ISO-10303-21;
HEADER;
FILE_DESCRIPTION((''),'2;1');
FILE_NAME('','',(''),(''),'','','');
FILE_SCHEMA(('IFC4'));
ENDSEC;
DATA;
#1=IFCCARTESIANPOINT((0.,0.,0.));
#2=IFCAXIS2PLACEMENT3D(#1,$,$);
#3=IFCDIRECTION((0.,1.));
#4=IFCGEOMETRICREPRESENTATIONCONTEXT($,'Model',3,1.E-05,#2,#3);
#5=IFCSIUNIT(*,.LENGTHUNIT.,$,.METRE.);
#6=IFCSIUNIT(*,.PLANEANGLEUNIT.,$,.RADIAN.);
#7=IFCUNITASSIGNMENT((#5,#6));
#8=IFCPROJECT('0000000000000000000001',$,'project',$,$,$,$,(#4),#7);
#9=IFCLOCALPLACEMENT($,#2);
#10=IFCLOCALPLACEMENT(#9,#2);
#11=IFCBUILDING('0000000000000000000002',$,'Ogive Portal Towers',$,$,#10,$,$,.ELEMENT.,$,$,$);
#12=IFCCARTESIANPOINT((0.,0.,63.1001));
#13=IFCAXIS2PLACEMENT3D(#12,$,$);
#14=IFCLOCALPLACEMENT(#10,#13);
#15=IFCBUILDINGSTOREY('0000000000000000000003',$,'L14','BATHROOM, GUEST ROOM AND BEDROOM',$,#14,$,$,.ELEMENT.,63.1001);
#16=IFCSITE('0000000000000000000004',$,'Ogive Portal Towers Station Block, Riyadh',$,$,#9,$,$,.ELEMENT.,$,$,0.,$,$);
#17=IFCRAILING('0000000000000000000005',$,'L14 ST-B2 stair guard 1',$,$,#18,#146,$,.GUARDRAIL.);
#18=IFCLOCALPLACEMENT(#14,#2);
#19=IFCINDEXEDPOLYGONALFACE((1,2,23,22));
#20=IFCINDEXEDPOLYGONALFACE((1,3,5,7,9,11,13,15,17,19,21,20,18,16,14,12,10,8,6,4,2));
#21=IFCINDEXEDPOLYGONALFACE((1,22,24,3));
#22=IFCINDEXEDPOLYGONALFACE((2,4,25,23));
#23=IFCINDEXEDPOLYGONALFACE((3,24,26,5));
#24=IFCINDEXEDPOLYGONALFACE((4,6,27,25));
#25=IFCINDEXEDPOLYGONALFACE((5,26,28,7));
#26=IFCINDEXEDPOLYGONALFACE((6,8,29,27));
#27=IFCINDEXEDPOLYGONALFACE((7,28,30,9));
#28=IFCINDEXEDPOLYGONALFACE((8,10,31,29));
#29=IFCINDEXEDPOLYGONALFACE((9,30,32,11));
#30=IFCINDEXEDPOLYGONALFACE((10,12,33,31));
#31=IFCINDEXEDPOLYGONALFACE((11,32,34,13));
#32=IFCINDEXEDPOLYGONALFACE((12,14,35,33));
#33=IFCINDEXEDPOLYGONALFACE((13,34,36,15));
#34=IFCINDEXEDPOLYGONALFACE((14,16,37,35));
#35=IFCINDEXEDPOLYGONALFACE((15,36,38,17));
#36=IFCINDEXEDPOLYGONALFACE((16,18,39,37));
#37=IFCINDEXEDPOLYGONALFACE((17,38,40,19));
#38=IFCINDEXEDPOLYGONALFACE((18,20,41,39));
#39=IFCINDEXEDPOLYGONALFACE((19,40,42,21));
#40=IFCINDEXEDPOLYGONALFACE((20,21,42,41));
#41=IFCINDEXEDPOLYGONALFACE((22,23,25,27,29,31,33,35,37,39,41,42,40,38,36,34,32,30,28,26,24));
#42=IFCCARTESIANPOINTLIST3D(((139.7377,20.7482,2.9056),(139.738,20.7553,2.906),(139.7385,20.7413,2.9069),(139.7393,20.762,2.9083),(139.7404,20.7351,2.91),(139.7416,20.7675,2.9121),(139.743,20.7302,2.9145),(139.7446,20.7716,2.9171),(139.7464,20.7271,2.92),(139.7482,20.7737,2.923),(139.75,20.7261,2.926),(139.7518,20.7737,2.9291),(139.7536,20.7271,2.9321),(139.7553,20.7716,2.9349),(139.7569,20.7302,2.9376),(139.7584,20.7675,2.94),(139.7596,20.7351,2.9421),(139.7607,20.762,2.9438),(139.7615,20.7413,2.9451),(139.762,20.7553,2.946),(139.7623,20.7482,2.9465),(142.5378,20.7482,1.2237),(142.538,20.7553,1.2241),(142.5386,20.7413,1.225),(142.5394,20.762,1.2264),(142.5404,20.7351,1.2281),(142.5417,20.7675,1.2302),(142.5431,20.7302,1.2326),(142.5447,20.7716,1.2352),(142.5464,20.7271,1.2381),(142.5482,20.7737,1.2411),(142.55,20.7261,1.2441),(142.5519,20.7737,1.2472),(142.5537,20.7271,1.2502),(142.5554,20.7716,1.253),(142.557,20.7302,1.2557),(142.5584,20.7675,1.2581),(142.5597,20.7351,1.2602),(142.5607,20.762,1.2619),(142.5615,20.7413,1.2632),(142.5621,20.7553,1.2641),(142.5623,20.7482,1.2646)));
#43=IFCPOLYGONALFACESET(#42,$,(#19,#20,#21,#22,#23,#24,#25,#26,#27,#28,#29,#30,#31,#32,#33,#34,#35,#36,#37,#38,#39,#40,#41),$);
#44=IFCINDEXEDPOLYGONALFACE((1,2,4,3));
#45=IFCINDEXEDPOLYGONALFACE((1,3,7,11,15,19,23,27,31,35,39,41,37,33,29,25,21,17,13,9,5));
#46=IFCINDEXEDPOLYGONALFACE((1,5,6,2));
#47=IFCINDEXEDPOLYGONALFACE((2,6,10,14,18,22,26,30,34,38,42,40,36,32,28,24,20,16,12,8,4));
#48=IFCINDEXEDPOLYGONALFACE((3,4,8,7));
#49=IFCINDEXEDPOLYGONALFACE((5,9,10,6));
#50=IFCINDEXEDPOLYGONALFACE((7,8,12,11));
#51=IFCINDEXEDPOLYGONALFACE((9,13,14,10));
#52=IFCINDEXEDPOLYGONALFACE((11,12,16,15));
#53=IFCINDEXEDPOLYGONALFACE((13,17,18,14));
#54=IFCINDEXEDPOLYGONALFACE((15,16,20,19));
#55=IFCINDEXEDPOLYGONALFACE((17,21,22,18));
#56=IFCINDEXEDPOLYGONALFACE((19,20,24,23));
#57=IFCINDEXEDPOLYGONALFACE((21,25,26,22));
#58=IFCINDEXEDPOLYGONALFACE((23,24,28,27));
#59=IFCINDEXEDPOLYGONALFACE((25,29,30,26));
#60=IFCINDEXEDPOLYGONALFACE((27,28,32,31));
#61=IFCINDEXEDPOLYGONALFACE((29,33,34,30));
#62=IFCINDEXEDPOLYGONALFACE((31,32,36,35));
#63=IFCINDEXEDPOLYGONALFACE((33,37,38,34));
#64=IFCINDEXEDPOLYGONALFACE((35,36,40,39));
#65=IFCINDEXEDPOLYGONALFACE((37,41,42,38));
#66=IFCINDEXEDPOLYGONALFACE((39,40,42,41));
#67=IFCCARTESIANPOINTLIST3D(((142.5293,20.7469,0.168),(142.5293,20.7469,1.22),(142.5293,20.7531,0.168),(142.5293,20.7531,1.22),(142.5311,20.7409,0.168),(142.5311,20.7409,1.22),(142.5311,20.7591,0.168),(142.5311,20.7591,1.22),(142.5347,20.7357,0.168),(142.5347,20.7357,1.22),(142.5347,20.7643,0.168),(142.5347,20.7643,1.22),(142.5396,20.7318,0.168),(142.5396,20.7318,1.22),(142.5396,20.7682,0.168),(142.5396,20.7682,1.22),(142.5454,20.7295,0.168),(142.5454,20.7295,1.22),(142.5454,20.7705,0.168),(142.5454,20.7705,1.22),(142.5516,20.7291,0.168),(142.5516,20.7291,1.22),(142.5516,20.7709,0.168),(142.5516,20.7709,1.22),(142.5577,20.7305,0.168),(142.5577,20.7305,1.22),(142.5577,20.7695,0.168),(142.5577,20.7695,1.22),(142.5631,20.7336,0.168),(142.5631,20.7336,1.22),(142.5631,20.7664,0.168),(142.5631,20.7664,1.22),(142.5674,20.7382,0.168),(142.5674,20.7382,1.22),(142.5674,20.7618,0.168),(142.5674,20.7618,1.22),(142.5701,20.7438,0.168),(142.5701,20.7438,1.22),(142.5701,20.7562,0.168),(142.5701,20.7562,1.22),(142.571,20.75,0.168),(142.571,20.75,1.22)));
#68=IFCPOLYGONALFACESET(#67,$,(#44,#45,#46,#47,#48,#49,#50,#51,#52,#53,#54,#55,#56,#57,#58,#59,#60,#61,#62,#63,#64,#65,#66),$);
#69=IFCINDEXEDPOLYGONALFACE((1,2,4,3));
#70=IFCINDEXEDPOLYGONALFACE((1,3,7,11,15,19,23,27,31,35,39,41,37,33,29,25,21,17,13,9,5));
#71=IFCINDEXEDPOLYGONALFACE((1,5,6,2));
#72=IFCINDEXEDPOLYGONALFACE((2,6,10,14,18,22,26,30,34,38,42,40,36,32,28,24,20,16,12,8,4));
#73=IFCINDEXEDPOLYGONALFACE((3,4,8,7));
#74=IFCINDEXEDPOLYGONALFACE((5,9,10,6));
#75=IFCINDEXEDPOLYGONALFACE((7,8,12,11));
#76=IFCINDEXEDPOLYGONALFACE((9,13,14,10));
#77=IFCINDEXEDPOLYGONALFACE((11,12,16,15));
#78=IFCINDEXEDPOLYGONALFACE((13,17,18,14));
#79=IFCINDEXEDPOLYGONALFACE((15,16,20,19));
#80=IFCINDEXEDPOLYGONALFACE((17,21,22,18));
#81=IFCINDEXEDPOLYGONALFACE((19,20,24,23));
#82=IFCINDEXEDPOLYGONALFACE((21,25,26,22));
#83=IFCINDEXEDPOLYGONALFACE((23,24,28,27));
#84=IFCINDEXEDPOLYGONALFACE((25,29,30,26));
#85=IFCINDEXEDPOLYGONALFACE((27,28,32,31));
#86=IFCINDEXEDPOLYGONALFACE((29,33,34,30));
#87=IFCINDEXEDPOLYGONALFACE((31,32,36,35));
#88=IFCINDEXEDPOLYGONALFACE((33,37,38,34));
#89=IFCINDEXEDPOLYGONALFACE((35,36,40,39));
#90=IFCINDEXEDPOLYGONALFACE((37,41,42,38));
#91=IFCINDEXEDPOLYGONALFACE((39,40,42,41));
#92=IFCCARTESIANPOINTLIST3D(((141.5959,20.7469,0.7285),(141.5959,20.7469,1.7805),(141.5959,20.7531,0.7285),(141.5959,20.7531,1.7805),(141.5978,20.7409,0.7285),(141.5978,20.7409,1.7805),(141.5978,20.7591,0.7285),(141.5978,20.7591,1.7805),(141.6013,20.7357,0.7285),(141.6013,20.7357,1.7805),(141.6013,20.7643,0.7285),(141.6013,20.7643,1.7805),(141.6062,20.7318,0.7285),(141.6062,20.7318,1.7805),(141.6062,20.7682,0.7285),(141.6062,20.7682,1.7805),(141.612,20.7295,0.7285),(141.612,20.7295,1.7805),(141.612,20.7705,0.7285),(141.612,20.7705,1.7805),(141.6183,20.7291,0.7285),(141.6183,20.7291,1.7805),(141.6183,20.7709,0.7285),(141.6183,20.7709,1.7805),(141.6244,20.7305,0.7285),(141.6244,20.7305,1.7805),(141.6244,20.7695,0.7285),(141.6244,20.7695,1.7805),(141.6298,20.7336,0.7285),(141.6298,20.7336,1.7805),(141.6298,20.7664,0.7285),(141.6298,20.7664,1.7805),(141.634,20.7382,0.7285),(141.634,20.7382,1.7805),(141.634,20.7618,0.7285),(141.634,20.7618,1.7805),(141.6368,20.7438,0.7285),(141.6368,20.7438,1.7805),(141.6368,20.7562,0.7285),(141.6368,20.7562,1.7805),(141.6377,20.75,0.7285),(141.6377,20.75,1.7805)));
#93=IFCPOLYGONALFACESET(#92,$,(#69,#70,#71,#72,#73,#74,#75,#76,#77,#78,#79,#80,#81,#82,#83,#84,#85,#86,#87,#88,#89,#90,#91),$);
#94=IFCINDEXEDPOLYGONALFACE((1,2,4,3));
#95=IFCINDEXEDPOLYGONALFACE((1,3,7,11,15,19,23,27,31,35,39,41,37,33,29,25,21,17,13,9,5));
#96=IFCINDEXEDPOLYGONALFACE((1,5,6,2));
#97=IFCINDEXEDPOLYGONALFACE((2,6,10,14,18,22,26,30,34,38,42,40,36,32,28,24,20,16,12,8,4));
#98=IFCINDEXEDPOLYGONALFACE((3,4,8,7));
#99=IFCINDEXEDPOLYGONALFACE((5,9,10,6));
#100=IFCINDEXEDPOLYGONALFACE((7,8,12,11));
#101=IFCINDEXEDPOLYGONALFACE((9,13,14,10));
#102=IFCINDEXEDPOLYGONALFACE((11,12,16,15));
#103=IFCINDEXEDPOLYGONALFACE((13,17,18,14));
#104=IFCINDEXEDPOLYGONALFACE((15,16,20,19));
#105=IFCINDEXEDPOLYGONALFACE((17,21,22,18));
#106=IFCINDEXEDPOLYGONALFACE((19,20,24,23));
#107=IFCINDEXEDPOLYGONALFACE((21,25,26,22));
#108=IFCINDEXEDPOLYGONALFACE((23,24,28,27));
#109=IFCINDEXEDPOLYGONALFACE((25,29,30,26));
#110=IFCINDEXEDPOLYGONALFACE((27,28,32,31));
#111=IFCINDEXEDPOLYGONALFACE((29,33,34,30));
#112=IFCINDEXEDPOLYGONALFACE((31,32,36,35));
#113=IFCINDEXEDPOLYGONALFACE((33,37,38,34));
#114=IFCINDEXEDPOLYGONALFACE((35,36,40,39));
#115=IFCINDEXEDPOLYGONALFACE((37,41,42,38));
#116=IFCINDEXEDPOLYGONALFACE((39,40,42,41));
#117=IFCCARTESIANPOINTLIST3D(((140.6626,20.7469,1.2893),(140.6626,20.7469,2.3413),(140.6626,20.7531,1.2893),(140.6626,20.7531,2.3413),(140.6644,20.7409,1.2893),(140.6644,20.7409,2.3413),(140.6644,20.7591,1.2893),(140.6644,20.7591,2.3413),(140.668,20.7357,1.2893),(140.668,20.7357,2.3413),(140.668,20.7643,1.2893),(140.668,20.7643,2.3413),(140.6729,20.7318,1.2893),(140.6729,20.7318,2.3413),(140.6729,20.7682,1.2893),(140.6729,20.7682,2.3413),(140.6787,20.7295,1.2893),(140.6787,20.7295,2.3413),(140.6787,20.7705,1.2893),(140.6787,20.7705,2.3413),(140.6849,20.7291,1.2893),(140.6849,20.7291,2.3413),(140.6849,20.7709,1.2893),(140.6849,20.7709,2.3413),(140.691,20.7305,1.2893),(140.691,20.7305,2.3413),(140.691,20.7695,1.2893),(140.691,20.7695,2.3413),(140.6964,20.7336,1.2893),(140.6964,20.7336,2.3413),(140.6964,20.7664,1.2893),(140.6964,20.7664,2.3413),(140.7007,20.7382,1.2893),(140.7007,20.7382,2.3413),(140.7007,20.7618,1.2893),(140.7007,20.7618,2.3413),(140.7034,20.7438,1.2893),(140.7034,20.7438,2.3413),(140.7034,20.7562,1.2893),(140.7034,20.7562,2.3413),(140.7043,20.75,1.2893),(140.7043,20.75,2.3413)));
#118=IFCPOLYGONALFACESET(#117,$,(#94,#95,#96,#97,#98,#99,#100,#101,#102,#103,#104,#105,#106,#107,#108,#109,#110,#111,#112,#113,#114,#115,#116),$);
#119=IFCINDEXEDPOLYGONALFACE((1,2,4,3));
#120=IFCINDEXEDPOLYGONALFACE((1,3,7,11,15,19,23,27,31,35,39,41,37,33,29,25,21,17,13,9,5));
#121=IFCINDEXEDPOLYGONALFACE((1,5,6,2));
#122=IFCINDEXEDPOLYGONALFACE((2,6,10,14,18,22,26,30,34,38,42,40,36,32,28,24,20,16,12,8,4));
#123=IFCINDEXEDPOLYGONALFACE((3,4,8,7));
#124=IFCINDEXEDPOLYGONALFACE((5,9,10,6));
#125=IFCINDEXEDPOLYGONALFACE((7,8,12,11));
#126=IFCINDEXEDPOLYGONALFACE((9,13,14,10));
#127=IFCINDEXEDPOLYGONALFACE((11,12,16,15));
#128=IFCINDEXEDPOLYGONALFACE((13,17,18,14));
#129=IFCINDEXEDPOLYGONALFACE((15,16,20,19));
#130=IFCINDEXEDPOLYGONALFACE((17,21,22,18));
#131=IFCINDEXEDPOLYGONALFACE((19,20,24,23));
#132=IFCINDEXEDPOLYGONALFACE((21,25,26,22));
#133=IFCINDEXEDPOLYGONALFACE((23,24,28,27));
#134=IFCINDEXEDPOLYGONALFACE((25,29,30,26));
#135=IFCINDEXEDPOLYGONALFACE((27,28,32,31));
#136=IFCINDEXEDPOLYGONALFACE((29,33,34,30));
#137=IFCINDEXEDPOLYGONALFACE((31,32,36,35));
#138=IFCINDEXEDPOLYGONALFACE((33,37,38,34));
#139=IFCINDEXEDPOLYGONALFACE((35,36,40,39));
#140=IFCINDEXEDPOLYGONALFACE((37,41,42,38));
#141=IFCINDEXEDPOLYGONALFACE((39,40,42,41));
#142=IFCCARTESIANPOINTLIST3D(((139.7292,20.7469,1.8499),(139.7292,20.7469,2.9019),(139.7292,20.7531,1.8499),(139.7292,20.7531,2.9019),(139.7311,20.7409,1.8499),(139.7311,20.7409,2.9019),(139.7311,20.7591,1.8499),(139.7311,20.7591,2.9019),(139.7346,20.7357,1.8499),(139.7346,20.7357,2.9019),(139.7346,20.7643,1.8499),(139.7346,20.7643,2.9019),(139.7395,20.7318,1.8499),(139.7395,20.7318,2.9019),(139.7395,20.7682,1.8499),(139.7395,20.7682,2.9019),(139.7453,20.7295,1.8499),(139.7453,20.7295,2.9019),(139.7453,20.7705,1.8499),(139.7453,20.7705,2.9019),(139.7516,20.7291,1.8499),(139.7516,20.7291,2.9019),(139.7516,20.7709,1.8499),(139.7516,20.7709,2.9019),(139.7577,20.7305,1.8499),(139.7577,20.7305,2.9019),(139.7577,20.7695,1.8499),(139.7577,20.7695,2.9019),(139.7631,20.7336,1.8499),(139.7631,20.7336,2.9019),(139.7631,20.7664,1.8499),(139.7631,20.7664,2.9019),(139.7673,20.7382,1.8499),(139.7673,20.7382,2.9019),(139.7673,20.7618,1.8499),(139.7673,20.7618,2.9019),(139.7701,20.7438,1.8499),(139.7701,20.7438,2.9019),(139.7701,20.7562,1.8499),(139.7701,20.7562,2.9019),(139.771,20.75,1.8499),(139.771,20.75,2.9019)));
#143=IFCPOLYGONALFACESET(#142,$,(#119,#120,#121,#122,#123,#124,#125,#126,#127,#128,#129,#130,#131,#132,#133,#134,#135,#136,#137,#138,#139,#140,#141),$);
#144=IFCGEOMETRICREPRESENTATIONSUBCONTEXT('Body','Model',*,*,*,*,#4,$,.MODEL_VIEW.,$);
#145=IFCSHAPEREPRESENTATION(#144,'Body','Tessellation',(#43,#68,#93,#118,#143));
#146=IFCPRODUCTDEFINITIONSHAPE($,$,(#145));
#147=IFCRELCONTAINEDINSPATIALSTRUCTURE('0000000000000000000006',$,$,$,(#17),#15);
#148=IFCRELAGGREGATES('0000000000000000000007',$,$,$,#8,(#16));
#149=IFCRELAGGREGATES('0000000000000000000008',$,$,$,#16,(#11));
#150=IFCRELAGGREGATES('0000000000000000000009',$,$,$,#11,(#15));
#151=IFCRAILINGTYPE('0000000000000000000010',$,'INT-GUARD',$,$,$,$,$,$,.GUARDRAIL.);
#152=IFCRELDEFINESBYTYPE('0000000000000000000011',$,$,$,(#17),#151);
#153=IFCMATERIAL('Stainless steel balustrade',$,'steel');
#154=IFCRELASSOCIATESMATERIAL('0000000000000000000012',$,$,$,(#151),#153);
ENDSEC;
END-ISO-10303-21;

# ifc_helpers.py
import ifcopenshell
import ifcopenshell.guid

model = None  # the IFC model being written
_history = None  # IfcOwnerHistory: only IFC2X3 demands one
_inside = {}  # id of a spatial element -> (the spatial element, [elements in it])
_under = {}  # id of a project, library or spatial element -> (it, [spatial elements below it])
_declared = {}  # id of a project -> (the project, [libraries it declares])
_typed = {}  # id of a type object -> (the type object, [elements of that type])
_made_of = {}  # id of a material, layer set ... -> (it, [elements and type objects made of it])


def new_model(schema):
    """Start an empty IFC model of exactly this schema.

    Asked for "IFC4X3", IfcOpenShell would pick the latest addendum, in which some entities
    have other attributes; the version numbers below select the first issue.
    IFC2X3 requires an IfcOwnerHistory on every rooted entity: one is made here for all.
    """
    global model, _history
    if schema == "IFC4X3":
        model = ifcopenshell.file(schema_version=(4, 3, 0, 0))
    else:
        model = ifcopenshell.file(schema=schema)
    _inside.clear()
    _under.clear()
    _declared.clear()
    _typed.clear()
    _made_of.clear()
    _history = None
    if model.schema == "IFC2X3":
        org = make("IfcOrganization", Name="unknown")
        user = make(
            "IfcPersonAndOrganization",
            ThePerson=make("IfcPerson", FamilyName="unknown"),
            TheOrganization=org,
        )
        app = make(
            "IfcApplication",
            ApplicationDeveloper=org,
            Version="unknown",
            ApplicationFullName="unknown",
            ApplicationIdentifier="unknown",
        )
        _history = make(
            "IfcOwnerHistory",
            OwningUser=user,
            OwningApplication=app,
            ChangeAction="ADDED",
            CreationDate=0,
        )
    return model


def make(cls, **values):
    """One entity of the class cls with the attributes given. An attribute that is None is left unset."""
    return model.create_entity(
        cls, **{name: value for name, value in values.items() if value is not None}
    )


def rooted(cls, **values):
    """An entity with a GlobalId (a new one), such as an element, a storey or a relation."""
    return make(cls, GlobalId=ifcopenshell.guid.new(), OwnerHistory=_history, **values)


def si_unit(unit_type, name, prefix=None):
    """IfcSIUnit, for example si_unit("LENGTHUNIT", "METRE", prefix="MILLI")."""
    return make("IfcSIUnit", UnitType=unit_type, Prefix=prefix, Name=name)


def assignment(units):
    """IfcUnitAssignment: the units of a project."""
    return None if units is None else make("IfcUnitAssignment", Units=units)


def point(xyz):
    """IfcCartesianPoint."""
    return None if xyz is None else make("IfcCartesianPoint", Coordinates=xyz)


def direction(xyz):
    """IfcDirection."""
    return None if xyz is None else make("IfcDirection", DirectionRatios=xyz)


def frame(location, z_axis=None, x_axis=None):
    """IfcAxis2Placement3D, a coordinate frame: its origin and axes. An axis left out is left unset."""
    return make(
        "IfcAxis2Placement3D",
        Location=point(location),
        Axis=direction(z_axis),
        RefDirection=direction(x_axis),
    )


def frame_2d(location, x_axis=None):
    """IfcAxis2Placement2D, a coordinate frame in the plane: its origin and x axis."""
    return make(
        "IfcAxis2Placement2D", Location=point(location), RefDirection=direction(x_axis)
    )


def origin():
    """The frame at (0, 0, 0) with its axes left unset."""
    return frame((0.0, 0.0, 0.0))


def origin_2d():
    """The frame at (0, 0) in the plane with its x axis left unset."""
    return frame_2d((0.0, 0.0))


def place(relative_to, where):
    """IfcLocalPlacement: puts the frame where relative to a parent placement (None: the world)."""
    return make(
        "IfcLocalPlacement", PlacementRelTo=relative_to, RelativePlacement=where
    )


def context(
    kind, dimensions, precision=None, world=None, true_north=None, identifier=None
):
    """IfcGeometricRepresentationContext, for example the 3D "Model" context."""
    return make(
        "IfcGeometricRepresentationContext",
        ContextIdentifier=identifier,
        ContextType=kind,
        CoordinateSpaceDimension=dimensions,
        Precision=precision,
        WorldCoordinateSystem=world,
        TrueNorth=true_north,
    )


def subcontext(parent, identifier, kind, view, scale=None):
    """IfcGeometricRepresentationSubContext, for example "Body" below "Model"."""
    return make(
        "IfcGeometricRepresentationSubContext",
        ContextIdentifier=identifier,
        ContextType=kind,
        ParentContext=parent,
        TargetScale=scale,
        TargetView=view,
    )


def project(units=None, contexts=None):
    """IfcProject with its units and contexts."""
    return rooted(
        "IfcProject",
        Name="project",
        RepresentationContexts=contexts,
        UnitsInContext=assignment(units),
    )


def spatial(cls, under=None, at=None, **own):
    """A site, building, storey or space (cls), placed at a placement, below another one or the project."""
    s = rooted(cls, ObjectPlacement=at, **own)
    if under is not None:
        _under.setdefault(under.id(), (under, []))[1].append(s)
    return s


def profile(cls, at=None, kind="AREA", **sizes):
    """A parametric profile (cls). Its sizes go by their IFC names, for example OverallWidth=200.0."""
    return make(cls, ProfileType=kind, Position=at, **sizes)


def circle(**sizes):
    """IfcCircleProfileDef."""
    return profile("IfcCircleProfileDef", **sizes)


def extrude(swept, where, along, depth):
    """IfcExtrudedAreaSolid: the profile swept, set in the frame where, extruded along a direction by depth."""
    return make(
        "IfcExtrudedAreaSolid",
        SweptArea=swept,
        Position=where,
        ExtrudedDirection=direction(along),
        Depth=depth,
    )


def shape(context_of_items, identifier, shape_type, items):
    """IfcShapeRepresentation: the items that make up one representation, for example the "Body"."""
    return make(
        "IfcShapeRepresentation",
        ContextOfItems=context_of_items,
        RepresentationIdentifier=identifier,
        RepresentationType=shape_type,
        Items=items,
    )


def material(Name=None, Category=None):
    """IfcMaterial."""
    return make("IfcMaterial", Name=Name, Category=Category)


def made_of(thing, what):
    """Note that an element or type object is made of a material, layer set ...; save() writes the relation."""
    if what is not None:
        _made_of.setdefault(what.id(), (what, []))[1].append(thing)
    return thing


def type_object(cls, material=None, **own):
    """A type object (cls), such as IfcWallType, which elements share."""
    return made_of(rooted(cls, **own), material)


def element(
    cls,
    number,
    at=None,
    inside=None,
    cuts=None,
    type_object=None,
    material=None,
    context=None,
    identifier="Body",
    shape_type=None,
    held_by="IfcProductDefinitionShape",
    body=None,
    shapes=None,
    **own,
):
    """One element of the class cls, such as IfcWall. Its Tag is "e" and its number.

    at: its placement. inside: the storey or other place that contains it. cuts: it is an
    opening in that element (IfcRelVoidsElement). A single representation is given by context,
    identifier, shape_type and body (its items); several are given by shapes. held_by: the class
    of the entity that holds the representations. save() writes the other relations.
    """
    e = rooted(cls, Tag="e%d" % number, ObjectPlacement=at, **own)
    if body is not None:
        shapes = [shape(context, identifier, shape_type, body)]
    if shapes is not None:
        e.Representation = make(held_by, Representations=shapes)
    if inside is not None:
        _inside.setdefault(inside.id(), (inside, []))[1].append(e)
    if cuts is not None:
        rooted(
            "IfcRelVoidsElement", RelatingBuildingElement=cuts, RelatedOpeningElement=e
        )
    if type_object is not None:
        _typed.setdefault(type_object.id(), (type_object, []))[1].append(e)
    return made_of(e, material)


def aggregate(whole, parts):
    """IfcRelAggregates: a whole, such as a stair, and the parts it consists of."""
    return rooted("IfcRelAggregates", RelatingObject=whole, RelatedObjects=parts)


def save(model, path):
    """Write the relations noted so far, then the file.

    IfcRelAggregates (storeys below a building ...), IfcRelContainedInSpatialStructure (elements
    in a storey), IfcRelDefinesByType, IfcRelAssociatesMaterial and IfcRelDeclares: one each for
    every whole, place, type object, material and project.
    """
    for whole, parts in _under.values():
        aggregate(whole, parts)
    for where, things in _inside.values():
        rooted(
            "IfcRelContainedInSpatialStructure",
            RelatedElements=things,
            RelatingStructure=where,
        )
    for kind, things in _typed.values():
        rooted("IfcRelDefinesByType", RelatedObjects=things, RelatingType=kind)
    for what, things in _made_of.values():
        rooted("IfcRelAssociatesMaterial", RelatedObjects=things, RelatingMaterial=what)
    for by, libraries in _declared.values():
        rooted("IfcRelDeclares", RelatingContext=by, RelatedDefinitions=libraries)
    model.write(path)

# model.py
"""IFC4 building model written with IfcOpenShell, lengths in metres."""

from ifc_helpers import new_model, si_unit, direction, frame, origin, origin_2d, place, context, subcontext, project, spatial, circle, extrude, material, type_object, element, save


model = new_model("IFC4")

# Units and contexts
model_context = context("Model", 3, precision=1e-05, world=origin(), true_north=direction((0.0, 1.0)))
body_context = subcontext(model_context, "Body", "Model", "MODEL_VIEW")
ifc_project = project(units=[si_unit("LENGTHUNIT", "METRE"), si_unit("PLANEANGLEUNIT", "RADIAN")], contexts=[model_context])

# Site, building, storey
site_placement = place(None, origin())
site = spatial("IfcSite", under=ifc_project, at=site_placement, Name="Ogive Portal Towers Station Block, Riyadh", CompositionType="ELEMENT", RefElevation=0.0)
building_placement = place(site_placement, origin())
building = spatial("IfcBuilding", under=site, at=building_placement, Name="Ogive Portal Towers", CompositionType="ELEMENT")
storey_placement = place(building_placement, frame((0.0, 0.0, 63.1001)))
storey = spatial("IfcBuildingStorey", under=building, at=storey_placement, Name="L14", Description="BATHROOM, GUEST ROOM AND BEDROOM", CompositionType="ELEMENT", Elevation=63.1001)

# Railing
ifc_material_1 = material(Name="Stainless steel balustrade", Category="steel")
railing_type_1 = type_object("IfcRailingType", Name="INT-GUARD", PredefinedType="GUARDRAIL", material=ifc_material_1)
railing_1_placement = place(storey_placement, frame((142.55, 20.75, 0.168)))
element("IfcRailing", 1, at=railing_1_placement, inside=storey, type_object=railing_type_1, Name="L14 ST-B2 stair guard 1", PredefinedType="GUARDRAIL", context=body_context, shape_type="SweptSolid", body=[
    extrude(circle(Radius=0.0239, at=origin_2d()), frame((0.0, 0.0, 1.0762), z_axis=(-0.857242, 0.0, 0.514913), x_axis=(0.0, -1.0, 0.0)), (0.0, 0.0, 1.0), 3.2664),
    extrude(circle(Radius=0.021, at=origin_2d()), origin(), (0.0, 0.0, 1.0), 1.052),
    extrude(circle(Radius=0.021, at=origin_2d()), frame((-0.9333, 0.0, 0.5605)), (0.0, 0.0, 1.0), 1.052),
    extrude(circle(Radius=0.021, at=origin_2d()), frame((-1.8667, 0.0, 1.1213)), (0.0, 0.0, 1.0), 1.052),
    extrude(circle(Radius=0.021, at=origin_2d()), frame((-2.8, 0.0, 1.6819)), (0.0, 0.0, 1.0), 1.052),
])

save(model, "model.ifc")
